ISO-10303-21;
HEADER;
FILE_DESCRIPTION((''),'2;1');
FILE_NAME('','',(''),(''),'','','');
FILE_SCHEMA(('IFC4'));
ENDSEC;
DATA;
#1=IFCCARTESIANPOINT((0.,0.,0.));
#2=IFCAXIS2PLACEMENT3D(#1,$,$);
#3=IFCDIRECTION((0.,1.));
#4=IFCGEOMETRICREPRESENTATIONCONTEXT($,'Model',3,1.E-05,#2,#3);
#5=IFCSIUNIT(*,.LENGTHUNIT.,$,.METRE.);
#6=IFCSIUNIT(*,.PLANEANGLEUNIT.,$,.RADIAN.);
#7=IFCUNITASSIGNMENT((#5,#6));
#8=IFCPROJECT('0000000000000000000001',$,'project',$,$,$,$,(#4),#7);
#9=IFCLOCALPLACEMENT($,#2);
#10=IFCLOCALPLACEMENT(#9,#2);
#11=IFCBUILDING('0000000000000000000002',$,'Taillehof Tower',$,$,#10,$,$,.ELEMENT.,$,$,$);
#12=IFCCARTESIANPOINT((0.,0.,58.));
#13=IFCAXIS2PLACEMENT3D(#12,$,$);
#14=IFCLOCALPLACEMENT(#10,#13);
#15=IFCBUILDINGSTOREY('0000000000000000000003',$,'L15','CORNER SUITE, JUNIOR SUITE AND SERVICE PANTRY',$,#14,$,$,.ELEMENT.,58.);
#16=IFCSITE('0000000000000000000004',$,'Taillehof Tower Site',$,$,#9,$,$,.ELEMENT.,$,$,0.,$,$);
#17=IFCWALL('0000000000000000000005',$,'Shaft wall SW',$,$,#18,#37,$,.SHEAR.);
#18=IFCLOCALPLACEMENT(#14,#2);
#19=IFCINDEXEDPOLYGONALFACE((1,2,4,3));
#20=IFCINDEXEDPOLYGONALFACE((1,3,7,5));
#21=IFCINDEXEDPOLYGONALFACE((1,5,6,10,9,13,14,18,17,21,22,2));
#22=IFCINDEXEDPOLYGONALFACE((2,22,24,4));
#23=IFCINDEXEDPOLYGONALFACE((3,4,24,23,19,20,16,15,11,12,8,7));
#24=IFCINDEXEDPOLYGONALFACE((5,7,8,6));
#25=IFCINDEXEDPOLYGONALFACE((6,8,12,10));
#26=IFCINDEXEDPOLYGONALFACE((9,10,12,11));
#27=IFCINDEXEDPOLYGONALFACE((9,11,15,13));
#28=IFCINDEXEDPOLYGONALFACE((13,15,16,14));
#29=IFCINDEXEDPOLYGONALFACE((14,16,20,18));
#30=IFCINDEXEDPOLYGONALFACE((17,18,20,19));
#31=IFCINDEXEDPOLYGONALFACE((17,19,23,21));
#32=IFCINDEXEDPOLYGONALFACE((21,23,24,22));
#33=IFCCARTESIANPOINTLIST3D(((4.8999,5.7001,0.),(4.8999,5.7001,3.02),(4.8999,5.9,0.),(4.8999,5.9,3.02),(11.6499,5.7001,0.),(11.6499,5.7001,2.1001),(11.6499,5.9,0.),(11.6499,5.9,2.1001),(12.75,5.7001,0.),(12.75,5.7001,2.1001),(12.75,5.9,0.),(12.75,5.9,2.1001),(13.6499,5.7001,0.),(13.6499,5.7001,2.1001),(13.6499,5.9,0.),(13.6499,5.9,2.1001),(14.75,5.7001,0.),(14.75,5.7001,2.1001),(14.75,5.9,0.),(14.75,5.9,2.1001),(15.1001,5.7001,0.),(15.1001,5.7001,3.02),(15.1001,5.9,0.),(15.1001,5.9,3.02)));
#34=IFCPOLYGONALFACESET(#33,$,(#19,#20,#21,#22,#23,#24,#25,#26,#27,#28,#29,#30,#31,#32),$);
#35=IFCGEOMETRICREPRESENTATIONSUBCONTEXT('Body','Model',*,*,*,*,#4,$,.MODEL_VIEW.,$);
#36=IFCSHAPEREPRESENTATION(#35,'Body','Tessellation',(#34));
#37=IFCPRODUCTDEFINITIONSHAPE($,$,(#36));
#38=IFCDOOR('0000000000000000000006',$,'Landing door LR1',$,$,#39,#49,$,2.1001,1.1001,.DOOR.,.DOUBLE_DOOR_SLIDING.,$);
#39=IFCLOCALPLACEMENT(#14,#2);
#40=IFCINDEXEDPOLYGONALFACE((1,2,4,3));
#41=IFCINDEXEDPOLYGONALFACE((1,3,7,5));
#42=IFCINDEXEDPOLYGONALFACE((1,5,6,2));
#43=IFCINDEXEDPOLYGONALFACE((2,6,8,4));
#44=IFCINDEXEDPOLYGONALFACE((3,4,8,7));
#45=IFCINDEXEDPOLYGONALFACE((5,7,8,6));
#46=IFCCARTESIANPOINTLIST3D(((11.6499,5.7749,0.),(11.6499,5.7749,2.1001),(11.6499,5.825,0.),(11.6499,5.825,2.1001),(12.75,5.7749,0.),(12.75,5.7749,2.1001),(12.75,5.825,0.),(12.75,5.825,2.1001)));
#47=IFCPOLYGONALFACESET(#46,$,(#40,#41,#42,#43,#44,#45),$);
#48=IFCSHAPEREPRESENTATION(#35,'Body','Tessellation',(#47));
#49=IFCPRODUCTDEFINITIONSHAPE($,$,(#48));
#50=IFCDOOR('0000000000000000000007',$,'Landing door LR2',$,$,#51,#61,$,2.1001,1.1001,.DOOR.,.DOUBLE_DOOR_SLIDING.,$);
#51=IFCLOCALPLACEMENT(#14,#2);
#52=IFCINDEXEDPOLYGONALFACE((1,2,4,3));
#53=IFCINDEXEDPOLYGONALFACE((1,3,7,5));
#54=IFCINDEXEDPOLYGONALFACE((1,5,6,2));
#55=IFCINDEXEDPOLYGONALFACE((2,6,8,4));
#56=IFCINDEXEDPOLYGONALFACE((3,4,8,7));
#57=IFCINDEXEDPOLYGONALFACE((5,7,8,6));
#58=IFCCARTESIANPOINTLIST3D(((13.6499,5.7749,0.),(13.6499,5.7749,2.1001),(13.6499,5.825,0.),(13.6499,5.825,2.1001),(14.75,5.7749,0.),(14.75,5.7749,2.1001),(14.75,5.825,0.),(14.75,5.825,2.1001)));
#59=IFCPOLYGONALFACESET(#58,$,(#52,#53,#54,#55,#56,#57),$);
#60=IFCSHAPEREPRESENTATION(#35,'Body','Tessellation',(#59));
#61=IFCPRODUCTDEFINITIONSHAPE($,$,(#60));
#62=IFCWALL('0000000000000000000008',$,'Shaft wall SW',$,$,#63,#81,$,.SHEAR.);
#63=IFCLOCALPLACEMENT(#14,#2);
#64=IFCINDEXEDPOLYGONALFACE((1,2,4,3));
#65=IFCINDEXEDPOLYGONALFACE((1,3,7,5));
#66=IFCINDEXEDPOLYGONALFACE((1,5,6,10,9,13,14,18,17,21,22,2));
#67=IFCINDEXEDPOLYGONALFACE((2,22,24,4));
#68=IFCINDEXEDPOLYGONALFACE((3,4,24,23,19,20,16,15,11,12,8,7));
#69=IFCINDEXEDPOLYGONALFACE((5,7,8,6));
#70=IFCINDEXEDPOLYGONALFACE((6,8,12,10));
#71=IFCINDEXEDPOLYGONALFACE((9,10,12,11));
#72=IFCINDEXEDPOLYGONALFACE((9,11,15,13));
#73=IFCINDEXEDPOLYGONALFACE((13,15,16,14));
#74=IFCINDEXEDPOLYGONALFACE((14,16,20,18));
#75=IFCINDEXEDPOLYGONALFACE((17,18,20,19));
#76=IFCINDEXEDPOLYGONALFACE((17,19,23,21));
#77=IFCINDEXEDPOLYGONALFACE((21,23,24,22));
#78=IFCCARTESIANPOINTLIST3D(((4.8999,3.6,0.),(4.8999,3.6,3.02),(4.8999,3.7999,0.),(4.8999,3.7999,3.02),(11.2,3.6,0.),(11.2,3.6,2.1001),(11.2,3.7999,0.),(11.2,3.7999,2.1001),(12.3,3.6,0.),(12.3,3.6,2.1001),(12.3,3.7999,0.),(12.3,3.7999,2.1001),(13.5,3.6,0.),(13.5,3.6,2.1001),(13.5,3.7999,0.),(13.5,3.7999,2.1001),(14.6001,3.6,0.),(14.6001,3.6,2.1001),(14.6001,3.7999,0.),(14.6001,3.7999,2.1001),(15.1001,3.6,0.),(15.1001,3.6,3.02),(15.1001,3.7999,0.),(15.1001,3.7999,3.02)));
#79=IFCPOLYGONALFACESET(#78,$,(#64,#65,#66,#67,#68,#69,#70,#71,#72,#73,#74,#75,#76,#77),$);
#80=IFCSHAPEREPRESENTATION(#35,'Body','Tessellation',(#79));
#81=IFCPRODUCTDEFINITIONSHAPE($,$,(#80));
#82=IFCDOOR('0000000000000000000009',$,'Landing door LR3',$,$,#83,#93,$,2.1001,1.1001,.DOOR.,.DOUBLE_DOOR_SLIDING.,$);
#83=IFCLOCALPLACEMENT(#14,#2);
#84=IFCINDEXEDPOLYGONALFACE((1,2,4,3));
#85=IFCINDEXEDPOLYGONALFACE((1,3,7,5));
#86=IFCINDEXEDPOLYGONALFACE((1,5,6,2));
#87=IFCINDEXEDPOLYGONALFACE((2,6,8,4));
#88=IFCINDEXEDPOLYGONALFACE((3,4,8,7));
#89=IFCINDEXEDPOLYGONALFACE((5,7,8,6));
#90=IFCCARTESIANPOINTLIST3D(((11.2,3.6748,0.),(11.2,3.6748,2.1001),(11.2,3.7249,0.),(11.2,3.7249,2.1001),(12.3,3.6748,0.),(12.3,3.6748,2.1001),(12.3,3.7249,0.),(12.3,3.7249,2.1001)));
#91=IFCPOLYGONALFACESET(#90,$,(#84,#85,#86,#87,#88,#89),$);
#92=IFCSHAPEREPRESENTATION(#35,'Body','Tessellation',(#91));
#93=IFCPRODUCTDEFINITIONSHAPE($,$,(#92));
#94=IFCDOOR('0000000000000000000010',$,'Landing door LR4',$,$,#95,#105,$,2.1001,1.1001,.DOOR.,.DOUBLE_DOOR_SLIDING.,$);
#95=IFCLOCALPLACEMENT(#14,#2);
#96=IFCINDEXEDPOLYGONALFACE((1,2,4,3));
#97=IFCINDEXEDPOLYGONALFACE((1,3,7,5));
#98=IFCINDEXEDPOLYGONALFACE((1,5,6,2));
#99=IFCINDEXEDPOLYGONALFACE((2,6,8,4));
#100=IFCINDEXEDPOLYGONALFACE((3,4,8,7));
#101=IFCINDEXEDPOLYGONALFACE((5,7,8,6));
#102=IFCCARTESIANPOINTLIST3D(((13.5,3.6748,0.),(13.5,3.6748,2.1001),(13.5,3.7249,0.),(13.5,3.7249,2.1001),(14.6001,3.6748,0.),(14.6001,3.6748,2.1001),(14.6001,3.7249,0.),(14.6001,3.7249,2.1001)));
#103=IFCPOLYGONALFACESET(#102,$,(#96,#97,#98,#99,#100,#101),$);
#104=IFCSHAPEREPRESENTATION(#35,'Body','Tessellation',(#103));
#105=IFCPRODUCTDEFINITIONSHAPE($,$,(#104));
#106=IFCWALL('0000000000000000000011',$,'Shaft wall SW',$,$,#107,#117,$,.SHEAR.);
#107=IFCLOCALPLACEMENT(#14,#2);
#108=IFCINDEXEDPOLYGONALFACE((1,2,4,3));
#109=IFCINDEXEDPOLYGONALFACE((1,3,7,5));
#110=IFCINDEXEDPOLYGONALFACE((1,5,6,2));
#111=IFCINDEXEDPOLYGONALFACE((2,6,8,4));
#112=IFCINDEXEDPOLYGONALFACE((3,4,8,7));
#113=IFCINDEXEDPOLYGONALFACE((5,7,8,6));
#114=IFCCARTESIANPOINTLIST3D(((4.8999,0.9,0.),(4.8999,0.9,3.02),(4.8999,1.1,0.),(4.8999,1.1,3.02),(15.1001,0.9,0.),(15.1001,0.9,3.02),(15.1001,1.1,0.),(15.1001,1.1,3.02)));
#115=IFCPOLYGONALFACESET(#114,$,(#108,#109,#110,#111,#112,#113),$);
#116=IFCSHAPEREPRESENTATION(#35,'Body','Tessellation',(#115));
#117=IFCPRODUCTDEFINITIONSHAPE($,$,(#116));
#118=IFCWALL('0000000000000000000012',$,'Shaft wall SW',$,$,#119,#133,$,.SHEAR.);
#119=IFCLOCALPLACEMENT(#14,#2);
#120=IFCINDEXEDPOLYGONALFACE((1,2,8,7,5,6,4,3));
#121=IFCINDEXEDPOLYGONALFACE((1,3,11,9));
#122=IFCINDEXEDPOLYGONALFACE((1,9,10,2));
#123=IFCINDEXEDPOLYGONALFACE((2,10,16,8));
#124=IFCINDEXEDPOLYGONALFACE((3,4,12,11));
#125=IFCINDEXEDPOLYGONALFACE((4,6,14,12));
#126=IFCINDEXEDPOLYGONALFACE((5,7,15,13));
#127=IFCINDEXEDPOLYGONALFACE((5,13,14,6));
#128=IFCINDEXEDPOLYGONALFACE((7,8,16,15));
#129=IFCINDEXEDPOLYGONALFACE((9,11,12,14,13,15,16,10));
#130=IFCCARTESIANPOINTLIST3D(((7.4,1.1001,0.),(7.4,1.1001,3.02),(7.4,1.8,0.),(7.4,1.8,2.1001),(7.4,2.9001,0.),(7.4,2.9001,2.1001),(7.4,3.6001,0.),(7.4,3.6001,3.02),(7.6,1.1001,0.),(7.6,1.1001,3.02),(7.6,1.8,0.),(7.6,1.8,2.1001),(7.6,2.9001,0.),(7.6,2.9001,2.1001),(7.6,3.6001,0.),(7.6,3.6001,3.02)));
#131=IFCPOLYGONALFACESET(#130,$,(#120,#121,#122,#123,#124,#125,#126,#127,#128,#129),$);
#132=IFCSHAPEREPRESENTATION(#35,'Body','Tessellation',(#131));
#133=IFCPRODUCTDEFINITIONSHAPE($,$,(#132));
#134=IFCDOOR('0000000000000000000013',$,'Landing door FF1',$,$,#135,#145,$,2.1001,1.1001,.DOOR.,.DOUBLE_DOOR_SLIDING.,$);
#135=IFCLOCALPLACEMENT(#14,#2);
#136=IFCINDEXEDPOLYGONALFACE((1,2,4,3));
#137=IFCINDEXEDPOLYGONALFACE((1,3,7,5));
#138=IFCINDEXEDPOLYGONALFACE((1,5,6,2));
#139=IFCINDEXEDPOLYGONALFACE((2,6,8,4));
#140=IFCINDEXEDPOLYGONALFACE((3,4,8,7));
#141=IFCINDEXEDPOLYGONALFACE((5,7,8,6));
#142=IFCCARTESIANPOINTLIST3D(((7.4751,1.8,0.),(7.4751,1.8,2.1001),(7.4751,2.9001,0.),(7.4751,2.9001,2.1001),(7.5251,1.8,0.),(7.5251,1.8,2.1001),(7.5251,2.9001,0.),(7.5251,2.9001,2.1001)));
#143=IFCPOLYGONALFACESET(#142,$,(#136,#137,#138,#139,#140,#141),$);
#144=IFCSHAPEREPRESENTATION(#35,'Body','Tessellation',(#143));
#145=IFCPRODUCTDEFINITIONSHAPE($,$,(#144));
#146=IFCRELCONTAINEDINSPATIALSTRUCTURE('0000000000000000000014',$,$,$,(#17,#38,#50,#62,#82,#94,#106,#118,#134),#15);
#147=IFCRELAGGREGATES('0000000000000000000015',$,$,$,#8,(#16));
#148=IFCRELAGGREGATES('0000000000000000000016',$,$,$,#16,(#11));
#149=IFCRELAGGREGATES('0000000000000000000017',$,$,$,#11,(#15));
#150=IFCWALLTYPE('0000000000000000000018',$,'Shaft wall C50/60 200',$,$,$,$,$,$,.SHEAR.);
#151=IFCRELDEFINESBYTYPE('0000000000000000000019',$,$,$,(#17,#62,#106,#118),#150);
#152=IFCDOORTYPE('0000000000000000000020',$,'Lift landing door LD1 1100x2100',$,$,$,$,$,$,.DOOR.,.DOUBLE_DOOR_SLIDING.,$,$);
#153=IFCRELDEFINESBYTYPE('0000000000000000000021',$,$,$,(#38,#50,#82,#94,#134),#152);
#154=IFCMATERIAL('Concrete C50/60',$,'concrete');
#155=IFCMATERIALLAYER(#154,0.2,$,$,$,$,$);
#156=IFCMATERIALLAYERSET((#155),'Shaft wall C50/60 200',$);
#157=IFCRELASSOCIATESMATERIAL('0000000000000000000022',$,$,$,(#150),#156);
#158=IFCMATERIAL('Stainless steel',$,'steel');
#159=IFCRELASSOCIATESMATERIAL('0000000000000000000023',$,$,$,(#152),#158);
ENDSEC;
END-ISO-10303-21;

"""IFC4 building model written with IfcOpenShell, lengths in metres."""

from ifc_helpers import new_model, si_unit, direction, frame, frame_2d, origin, place, context, subcontext, project, spatial, rectangle, extrude, material, layer, layer_set, type_object, element, fill, save


model = new_model("IFC4")

# Units and contexts
model_context = context("Model", 3, precision=1e-05, world=origin(), true_north=direction((0.0, 1.0)))
body_context = subcontext(model_context, "Body", "Model", "MODEL_VIEW")
ifc_project = project(units=[si_unit("LENGTHUNIT", "METRE"), si_unit("PLANEANGLEUNIT", "RADIAN")], contexts=[model_context])

# Site, building, storey
site_placement = place(None, origin())
site = spatial("IfcSite", under=ifc_project, at=site_placement, Name="Taillehof Tower Site", CompositionType="ELEMENT", RefElevation=0.0)
building_placement = place(site_placement, origin())
building = spatial("IfcBuilding", under=site, at=building_placement, Name="Taillehof Tower", CompositionType="ELEMENT")
storey_placement = place(building_placement, frame((0.0, 0.0, 58.0)))
storey = spatial("IfcBuildingStorey", under=building, at=storey_placement, Name="L15", Description="CORNER SUITE, JUNIOR SUITE AND SERVICE PANTRY", CompositionType="ELEMENT", Elevation=58.0)

# Walls, openings, doors
ifc_material_1 = material(Name="Concrete C50/60", Category="concrete")
ifc_layer_1 = layer(ifc_material_1, 0.2)
ifc_layer_set_1 = layer_set([ifc_layer_1], Name="Shaft wall C50/60 200")
wall_type_1 = type_object("IfcWallType", Name="Shaft wall C50/60 200", PredefinedType="SHEAR", material=ifc_layer_set_1)
wall_1_placement = place(storey_placement, frame((4.8999, 5.8, 0.0), z_axis=(0.0, 0.0, 1.0), x_axis=(1.0, 0.0, 0.0)))
wall_1 = element("IfcWall", 1, at=wall_1_placement, inside=storey, type_object=wall_type_1, Name="Shaft wall SW", PredefinedType="SHEAR", context=body_context, shape_type="SweptSolid", body=[
    extrude(rectangle(XDim=10.2002, YDim=0.2, at=frame_2d((5.1001, 0.0))), origin(), (0.0, 0.0, 1.0), 3.02),
])
opening_1_placement = place(wall_1_placement, frame((6.75, 0.0, 0.0)))
opening_1 = element("IfcOpeningElement", 2, at=opening_1_placement, cuts=wall_1, PredefinedType="OPENING", context=body_context, shape_type="SweptSolid", body=[
    extrude(rectangle(XDim=1.1001, YDim=2.1001, at=frame_2d((0.55, 1.05))), frame((0.0, 0.1099, 0.0), z_axis=(0.0, -1.0, 0.0), x_axis=(1.0, 0.0, 0.0)), (0.0, 0.0, 1.0), 0.22),
])
opening_2_placement = place(wall_1_placement, frame((8.75, 0.0, 0.0)))
opening_2 = element("IfcOpeningElement", 3, at=opening_2_placement, cuts=wall_1, PredefinedType="OPENING", context=body_context, shape_type="SweptSolid", body=[
    extrude(rectangle(XDim=1.1001, YDim=2.1001, at=frame_2d((0.55, 1.05))), frame((0.0, 0.1099, 0.0), z_axis=(0.0, -1.0, 0.0), x_axis=(1.0, 0.0, 0.0)), (0.0, 0.0, 1.0), 0.22),
])
ifc_material_2 = material(Name="Stainless steel", Category="steel")
door_type_1 = type_object("IfcDoorType", Name="Lift landing door LD1 1100x2100", OperationType="DOUBLE_DOOR_SLIDING", PredefinedType="DOOR", material=ifc_material_2)
door_1_placement = place(opening_1_placement, origin())
door_1 = element("IfcDoor", 4, at=door_1_placement, inside=storey, type_object=door_type_1, Name="Landing door LR1", OperationType="DOUBLE_DOOR_SLIDING", OverallHeight=2.1001, OverallWidth=1.1001, PredefinedType="DOOR", context=body_context, shape_type="SweptSolid", body=[
    extrude(rectangle(XDim=1.1001, YDim=2.1001, at=frame_2d((0.55, 1.05))), frame((0.0, 0.0249, 0.0), z_axis=(0.0, -1.0, 0.0), x_axis=(1.0, 0.0, 0.0)), (0.0, 0.0, 1.0), 0.05),
])
fill(opening_1, door_1)
door_2_placement = place(opening_2_placement, origin())
door_2 = element("IfcDoor", 5, at=door_2_placement, inside=storey, type_object=door_type_1, Name="Landing door LR2", OperationType="DOUBLE_DOOR_SLIDING", OverallHeight=2.1001, OverallWidth=1.1001, PredefinedType="DOOR", context=body_context, shape_type="SweptSolid", body=[
    extrude(rectangle(XDim=1.1001, YDim=2.1001, at=frame_2d((0.55, 1.05))), frame((0.0, 0.0249, 0.0), z_axis=(0.0, -1.0, 0.0), x_axis=(1.0, 0.0, 0.0)), (0.0, 0.0, 1.0), 0.05),
])
fill(opening_2, door_2)
wall_2_placement = place(storey_placement, frame((4.8999, 3.7, 0.0), z_axis=(0.0, 0.0, 1.0), x_axis=(1.0, 0.0, 0.0)))
wall_2 = element("IfcWall", 6, at=wall_2_placement, inside=storey, type_object=wall_type_1, Name="Shaft wall SW", PredefinedType="SHEAR", context=body_context, shape_type="SweptSolid", body=[
    extrude(rectangle(XDim=10.2002, YDim=0.2, at=frame_2d((5.1001, 0.0))), origin(), (0.0, 0.0, 1.0), 3.02),
])
opening_3_placement = place(wall_2_placement, frame((6.3, 0.0, 0.0)))
opening_3 = element("IfcOpeningElement", 7, at=opening_3_placement, cuts=wall_2, PredefinedType="OPENING", context=body_context, shape_type="SweptSolid", body=[
    extrude(rectangle(XDim=1.1001, YDim=2.1001, at=frame_2d((0.55, 1.05))), frame((0.0, 0.1099, 0.0), z_axis=(0.0, -1.0, 0.0), x_axis=(1.0, 0.0, 0.0)), (0.0, 0.0, 1.0), 0.22),
])
opening_4_placement = place(wall_2_placement, frame((8.6001, 0.0, 0.0)))
opening_4 = element("IfcOpeningElement", 8, at=opening_4_placement, cuts=wall_2, PredefinedType="OPENING", context=body_context, shape_type="SweptSolid", body=[
    extrude(rectangle(XDim=1.1001, YDim=2.1001, at=frame_2d((0.55, 1.05))), frame((0.0, 0.1099, 0.0), z_axis=(0.0, -1.0, 0.0), x_axis=(1.0, 0.0, 0.0)), (0.0, 0.0, 1.0), 0.22),
])
door_3_placement = place(opening_3_placement, origin())
door_3 = element("IfcDoor", 9, at=door_3_placement, inside=storey, type_object=door_type_1, Name="Landing door LR3", OperationType="DOUBLE_DOOR_SLIDING", OverallHeight=2.1001, OverallWidth=1.1001, PredefinedType="DOOR", context=body_context, shape_type="SweptSolid", body=[
    extrude(rectangle(XDim=1.1001, YDim=2.1001, at=frame_2d((0.55, 1.05))), frame((0.0, 0.0249, 0.0), z_axis=(0.0, -1.0, 0.0), x_axis=(1.0, 0.0, 0.0)), (0.0, 0.0, 1.0), 0.05),
])
fill(opening_3, door_3)
door_4_placement = place(opening_4_placement, origin())
door_4 = element("IfcDoor", 10, at=door_4_placement, inside=storey, type_object=door_type_1, Name="Landing door LR4", OperationType="DOUBLE_DOOR_SLIDING", OverallHeight=2.1001, OverallWidth=1.1001, PredefinedType="DOOR", context=body_context, shape_type="SweptSolid", body=[
    extrude(rectangle(XDim=1.1001, YDim=2.1001, at=frame_2d((0.55, 1.05))), frame((0.0, 0.0249, 0.0), z_axis=(0.0, -1.0, 0.0), x_axis=(1.0, 0.0, 0.0)), (0.0, 0.0, 1.0), 0.05),
])
fill(opening_4, door_4)

# Wall
wall_3_placement = place(storey_placement, frame((4.8999, 1.0, 0.0), z_axis=(0.0, 0.0, 1.0), x_axis=(1.0, 0.0, 0.0)))
element("IfcWall", 11, at=wall_3_placement, inside=storey, type_object=wall_type_1, Name="Shaft wall SW", PredefinedType="SHEAR", context=body_context, shape_type="SweptSolid", body=[
    extrude(rectangle(XDim=10.2002, YDim=0.2, at=frame_2d((5.1001, 0.0))), origin(), (0.0, 0.0, 1.0), 3.02),
])

# Wall, opening, door
wall_4_placement = place(storey_placement, frame((7.5, 1.1001, 0.0), z_axis=(0.0, 0.0, 1.0), x_axis=(0.0, 1.0, 0.0)))
wall_4 = element("IfcWall", 12, at=wall_4_placement, inside=storey, type_object=wall_type_1, Name="Shaft wall SW", PredefinedType="SHEAR", context=body_context, shape_type="SweptSolid", body=[
    extrude(rectangle(XDim=2.5, YDim=0.2, at=frame_2d((1.25, 0.0))), origin(), (0.0, 0.0, 1.0), 3.02),
])
opening_5_placement = place(wall_4_placement, frame((0.7, 0.0, 0.0)))
opening_5 = element("IfcOpeningElement", 13, at=opening_5_placement, cuts=wall_4, PredefinedType="OPENING", context=body_context, shape_type="SweptSolid", body=[
    extrude(rectangle(XDim=1.1001, YDim=2.1001, at=frame_2d((0.55, 1.05))), frame((0.0, 0.1099, 0.0), z_axis=(0.0, -1.0, 0.0), x_axis=(1.0, 0.0, 0.0)), (0.0, 0.0, 1.0), 0.22),
])
door_5_placement = place(opening_5_placement, origin())
door_5 = element("IfcDoor", 14, at=door_5_placement, inside=storey, type_object=door_type_1, Name="Landing door FF1", OperationType="DOUBLE_DOOR_SLIDING", OverallHeight=2.1001, OverallWidth=1.1001, PredefinedType="DOOR", context=body_context, shape_type="SweptSolid", body=[
    extrude(rectangle(XDim=1.1001, YDim=2.1001, at=frame_2d((0.55, 1.05))), frame((0.0, 0.0249, 0.0), z_axis=(0.0, -1.0, 0.0), x_axis=(1.0, 0.0, 0.0)), (0.0, 0.0, 1.0), 0.05),
])
fill(opening_5, door_5)

save(model, "model.ifc")
